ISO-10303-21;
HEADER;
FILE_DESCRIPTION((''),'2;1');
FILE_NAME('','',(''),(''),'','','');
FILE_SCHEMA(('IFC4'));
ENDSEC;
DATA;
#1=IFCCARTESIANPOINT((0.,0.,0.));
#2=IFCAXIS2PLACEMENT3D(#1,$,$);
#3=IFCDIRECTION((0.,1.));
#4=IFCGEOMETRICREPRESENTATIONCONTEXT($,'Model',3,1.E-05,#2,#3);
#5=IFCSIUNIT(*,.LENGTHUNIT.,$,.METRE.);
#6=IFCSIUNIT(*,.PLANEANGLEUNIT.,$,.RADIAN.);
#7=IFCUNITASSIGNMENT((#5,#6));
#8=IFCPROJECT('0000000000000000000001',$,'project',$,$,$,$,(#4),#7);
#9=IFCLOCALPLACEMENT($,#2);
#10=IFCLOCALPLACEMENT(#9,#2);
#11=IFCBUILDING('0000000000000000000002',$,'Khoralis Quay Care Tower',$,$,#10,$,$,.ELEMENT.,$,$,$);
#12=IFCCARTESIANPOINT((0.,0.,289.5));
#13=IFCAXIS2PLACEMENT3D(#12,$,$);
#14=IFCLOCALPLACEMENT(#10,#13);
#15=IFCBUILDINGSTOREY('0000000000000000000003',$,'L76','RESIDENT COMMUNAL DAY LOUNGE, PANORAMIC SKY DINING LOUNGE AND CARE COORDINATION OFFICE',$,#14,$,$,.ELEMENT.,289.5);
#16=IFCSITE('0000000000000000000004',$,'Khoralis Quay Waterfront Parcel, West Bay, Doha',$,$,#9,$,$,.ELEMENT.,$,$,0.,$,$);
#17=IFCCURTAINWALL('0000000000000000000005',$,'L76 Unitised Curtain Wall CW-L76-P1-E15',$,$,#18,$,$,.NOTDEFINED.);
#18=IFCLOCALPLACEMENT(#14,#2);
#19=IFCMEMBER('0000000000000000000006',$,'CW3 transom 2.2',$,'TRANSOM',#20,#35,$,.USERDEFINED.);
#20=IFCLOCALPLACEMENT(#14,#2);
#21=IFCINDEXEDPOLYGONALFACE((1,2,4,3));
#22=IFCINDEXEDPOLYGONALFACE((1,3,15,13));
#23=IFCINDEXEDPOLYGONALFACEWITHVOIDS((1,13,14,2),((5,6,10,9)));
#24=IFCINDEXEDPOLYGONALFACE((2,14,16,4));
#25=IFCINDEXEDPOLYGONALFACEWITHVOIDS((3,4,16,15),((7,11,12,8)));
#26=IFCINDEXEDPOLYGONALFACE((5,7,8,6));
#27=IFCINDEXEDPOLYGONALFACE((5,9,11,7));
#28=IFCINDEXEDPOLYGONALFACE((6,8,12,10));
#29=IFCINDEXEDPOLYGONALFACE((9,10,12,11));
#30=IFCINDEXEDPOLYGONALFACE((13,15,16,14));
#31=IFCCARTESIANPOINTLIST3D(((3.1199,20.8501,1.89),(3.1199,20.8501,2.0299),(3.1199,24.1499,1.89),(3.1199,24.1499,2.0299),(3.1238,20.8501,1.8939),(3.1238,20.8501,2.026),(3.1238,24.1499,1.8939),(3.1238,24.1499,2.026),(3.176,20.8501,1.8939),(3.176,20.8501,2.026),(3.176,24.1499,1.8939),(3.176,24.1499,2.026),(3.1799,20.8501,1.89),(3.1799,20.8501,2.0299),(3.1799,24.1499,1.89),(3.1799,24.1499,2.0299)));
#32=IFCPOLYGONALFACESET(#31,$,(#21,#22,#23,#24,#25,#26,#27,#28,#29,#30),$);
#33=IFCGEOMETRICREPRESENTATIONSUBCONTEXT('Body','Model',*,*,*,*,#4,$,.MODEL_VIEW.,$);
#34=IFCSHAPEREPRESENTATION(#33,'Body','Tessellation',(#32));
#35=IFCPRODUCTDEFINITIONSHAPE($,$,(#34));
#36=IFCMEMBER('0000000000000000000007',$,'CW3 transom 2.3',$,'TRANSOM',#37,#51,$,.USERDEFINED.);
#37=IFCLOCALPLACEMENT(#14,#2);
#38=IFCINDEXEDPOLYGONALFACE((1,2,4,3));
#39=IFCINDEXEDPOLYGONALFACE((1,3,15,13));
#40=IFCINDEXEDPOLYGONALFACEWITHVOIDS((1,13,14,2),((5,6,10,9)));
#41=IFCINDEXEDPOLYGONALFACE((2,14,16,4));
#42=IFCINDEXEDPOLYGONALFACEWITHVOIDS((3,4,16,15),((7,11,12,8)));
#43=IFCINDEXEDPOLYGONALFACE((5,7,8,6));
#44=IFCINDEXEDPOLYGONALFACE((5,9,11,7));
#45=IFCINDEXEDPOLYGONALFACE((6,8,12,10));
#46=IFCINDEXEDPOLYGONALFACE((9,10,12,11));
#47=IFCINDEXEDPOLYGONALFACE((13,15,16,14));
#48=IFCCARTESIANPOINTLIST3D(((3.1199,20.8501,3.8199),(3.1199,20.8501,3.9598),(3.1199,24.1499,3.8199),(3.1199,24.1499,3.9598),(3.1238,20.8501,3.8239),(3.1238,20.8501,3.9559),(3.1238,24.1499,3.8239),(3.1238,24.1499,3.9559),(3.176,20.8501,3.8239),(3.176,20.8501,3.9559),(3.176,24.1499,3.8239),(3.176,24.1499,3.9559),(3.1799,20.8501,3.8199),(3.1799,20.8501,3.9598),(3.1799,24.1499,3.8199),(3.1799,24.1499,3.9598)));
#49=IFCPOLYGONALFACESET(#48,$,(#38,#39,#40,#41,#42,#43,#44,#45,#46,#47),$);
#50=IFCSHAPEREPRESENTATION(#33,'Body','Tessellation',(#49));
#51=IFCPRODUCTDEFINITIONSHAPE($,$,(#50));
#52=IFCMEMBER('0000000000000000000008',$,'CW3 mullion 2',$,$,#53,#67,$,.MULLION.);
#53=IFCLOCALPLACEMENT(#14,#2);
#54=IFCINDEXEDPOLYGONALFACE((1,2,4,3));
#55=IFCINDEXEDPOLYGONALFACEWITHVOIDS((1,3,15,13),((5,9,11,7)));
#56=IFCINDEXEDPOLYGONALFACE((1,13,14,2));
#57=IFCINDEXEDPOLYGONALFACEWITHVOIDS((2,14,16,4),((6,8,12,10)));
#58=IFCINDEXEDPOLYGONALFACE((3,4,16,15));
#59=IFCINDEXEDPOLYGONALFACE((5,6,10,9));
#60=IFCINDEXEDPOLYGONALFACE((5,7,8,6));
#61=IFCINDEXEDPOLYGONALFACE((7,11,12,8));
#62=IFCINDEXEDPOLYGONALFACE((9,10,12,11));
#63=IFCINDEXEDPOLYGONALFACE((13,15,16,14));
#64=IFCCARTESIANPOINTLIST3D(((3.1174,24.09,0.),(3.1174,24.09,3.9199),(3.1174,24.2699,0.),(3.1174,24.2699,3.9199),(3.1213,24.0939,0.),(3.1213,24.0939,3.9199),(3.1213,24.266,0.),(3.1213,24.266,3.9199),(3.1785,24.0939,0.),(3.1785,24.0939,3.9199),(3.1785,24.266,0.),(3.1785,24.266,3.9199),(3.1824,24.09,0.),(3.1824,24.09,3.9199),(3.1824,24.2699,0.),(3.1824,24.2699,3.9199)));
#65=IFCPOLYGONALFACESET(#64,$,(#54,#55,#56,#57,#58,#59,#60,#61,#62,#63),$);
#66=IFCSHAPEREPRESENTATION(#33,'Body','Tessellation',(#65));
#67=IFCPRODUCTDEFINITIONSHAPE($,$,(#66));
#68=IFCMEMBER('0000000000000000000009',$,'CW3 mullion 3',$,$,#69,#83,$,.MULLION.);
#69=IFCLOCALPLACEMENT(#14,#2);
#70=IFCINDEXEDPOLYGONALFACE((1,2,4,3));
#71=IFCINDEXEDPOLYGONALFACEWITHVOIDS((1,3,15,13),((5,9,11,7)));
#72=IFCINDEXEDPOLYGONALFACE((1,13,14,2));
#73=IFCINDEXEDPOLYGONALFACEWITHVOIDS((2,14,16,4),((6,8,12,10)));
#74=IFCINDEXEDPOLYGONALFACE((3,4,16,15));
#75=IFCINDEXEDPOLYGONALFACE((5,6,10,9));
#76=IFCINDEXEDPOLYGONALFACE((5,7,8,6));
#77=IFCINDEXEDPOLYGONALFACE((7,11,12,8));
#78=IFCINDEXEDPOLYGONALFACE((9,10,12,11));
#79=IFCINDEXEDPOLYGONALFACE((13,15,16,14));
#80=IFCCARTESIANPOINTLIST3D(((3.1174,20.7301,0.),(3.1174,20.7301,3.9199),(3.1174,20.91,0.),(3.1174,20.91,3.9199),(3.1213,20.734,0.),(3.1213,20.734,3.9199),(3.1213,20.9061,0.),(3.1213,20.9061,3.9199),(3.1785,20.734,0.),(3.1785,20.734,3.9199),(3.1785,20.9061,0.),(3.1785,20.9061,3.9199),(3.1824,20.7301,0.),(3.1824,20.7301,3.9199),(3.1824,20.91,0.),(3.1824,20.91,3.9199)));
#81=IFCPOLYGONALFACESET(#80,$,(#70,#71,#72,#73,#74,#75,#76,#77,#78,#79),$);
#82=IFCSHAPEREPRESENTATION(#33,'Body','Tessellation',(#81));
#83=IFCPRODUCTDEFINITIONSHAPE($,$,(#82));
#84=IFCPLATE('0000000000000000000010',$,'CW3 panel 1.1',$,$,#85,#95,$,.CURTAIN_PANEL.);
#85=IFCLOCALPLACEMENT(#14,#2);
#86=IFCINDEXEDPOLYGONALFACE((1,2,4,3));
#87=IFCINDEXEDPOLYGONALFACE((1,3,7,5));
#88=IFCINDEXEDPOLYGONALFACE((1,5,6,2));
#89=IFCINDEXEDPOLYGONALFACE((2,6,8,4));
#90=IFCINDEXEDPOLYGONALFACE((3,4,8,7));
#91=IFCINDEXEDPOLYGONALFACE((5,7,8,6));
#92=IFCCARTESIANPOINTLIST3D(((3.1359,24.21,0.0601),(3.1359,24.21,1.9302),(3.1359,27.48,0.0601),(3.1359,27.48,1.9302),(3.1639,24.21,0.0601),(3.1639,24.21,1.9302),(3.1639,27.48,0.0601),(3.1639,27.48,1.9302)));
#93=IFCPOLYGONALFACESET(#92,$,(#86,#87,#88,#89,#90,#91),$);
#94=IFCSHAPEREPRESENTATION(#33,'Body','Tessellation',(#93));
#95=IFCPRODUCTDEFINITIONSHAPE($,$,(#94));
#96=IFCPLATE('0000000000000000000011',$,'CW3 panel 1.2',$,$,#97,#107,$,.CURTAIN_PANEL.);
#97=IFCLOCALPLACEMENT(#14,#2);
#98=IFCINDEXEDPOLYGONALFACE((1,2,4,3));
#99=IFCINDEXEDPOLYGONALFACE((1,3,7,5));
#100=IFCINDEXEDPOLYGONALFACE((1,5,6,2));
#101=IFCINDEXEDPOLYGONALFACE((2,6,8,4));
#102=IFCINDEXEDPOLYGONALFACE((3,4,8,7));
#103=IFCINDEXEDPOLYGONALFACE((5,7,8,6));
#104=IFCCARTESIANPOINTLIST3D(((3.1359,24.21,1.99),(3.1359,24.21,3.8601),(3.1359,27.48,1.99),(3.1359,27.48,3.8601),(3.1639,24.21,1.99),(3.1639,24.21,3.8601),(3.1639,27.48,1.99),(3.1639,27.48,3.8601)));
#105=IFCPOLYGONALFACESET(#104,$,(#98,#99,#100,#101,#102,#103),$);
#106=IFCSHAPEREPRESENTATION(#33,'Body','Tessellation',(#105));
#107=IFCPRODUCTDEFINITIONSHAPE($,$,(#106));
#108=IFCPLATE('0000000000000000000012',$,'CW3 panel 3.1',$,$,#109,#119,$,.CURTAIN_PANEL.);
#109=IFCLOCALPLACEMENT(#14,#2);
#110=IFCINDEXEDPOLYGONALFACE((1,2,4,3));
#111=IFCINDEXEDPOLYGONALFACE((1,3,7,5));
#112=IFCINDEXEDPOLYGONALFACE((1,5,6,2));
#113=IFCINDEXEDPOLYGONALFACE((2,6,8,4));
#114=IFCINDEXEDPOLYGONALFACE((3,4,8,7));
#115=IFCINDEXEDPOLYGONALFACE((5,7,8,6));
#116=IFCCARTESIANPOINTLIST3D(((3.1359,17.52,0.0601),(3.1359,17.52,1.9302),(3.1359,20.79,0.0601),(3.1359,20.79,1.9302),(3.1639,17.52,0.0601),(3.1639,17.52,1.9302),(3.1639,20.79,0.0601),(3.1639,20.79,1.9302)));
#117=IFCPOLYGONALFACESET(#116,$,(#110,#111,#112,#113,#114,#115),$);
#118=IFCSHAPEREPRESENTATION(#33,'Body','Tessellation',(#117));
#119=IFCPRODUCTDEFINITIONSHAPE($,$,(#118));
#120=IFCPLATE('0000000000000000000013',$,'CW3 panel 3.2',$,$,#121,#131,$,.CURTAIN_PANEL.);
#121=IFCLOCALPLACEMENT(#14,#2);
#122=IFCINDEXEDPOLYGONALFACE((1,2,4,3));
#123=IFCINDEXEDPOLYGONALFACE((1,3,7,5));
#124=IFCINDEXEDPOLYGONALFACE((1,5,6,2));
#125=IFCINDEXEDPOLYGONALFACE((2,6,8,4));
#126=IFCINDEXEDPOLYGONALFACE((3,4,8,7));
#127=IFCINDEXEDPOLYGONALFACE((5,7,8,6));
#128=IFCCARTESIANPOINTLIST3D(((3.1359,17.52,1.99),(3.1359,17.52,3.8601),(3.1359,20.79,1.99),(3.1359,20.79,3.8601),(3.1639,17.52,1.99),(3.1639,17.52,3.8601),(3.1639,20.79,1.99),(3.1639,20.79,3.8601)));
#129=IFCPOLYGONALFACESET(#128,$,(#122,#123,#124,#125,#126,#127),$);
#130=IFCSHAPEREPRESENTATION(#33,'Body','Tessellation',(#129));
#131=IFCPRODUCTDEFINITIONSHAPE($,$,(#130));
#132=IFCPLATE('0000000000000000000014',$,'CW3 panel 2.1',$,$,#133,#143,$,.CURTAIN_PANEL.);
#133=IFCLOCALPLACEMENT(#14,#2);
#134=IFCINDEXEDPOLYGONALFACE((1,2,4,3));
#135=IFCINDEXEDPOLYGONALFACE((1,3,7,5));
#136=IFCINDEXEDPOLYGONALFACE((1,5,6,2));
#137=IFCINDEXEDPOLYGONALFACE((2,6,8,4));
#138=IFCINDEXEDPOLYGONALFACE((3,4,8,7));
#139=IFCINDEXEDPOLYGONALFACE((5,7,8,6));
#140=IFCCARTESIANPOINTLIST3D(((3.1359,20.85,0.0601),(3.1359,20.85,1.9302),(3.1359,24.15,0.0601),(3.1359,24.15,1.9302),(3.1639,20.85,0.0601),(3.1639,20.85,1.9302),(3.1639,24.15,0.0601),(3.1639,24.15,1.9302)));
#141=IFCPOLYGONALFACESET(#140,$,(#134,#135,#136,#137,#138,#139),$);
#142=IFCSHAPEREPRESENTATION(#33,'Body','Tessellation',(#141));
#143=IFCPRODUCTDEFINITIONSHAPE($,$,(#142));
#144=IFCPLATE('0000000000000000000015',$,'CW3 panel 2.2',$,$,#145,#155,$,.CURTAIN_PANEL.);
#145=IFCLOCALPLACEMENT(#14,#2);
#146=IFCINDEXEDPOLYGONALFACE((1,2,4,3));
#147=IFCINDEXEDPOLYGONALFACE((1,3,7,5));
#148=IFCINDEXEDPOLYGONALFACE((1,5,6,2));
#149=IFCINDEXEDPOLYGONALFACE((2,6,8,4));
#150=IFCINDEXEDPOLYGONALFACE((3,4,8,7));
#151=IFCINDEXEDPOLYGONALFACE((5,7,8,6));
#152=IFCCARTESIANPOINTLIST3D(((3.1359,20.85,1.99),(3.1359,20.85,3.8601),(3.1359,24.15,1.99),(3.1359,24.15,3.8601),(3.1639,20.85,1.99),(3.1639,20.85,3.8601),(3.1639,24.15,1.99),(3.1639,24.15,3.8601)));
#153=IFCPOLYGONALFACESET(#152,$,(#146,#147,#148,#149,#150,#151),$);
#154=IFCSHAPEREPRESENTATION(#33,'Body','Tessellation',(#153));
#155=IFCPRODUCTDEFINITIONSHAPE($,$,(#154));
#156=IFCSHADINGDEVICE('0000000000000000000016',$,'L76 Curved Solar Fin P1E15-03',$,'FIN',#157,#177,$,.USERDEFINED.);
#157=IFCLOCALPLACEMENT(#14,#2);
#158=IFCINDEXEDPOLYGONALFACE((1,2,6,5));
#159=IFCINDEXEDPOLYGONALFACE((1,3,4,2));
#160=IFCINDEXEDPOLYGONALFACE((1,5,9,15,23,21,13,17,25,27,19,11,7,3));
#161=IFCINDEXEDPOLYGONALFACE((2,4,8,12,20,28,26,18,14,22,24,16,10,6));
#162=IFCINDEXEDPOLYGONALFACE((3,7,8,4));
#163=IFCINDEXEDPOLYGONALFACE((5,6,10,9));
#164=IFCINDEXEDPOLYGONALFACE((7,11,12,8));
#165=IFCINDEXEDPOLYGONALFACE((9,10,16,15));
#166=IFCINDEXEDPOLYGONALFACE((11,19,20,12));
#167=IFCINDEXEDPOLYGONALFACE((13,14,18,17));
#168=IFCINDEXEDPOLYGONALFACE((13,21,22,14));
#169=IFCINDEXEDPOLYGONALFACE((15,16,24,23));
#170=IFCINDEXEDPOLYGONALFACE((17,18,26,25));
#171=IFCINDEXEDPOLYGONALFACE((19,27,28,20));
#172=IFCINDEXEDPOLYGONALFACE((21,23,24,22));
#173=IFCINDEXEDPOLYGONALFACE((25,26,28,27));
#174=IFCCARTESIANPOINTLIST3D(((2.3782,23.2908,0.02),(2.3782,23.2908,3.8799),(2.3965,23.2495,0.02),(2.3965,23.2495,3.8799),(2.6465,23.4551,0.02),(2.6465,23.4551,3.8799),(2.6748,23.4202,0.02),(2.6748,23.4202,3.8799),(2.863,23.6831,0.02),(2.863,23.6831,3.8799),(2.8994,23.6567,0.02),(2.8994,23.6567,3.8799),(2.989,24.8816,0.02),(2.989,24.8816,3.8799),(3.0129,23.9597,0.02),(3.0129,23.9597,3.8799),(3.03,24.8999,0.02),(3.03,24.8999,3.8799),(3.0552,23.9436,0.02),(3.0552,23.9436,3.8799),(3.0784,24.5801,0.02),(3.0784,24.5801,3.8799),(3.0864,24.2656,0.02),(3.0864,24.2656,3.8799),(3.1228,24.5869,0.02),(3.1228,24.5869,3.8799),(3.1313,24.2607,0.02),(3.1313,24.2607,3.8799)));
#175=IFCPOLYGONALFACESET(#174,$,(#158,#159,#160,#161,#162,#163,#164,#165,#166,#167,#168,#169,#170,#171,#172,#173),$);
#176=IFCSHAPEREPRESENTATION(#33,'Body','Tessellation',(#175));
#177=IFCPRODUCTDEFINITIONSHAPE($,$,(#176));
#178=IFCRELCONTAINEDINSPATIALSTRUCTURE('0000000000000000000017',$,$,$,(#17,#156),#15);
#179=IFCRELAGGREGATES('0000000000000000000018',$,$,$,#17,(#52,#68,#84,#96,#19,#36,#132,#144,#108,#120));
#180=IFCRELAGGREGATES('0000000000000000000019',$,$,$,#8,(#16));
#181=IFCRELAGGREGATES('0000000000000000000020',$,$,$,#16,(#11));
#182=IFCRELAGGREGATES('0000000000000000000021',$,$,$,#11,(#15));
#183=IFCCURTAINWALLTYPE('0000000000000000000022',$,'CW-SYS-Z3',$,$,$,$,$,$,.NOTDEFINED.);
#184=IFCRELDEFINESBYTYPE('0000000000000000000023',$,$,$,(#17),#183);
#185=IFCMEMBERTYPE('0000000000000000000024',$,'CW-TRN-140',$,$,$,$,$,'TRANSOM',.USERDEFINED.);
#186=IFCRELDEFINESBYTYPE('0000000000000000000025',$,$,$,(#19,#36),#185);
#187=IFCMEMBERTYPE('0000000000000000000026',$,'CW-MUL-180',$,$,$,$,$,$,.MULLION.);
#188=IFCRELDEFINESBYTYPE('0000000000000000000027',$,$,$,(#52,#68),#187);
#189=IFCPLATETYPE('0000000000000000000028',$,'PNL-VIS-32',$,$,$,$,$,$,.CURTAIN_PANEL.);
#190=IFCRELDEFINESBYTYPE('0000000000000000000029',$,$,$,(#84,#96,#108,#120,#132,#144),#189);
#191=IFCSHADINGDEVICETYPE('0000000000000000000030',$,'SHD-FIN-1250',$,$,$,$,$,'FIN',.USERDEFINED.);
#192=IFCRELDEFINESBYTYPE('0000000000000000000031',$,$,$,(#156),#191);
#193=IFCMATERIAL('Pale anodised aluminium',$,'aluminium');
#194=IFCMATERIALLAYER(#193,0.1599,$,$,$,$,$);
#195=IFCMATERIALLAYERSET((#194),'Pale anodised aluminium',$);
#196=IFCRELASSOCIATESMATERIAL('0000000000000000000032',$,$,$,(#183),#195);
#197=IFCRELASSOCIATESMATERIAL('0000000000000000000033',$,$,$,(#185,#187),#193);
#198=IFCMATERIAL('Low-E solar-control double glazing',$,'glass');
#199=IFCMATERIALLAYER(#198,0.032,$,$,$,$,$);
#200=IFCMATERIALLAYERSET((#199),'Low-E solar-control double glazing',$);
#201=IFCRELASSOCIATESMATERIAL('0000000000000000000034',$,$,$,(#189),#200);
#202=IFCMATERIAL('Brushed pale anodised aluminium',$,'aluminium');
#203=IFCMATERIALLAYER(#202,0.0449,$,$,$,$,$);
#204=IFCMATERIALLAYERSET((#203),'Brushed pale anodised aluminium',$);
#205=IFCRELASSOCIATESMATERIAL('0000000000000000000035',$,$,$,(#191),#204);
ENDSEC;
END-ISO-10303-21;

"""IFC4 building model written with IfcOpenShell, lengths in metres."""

from ifc_helpers import new_model, si_unit, direction, frame, origin, origin_2d, place, context, subcontext, project, spatial, polyline, rectangle, hollow_rectangle, outline, extrude, source, transform, mapped, material, layer, layer_set, material_profile, profile_set, type_object, element, aggregate, save


model = new_model("IFC4")

# Units and contexts
model_context = context("Model", 3, precision=1e-05, world=origin(), true_north=direction((0.0, 1.0)))
body_context = subcontext(model_context, "Body", "Model", "MODEL_VIEW")
ifc_project = project(units=[si_unit("LENGTHUNIT", "METRE"), si_unit("PLANEANGLEUNIT", "RADIAN")], contexts=[model_context])

# Site, building, storey
site_placement = place(None, origin())
site = spatial("IfcSite", under=ifc_project, at=site_placement, Name="Khoralis Quay Waterfront Parcel, West Bay, Doha", CompositionType="ELEMENT", RefElevation=0.0)
building_placement = place(site_placement, origin())
building = spatial("IfcBuilding", under=site, at=building_placement, Name="Khoralis Quay Care Tower", CompositionType="ELEMENT")
storey_placement = place(building_placement, frame((0.0, 0.0, 289.5)))
storey = spatial("IfcBuildingStorey", under=building, at=storey_placement, Name="L76", Description="RESIDENT COMMUNAL DAY LOUNGE, PANORAMIC SKY DINING LOUNGE AND CARE COORDINATION OFFICE", CompositionType="ELEMENT", Elevation=289.5)

# Curtain wall, members, plates
ifc_material_1 = material(Name="Pale anodised aluminium", Category="aluminium")
ifc_layer_1 = layer(ifc_material_1, 0.1599)
ifc_layer_set_1 = layer_set([ifc_layer_1], Name="Pale anodised aluminium")
curtain_wall_type = type_object("IfcCurtainWallType", Name="CW-SYS-Z3", PredefinedType="NOTDEFINED", material=ifc_layer_set_1)
curtain_wall_placement = place(storey_placement, origin())
curtain_wall = element("IfcCurtainWall", 1, at=curtain_wall_placement, inside=storey, type_object=curtain_wall_type, Name="L76 Unitised Curtain Wall CW-L76-P1-E15", PredefinedType="NOTDEFINED")
ifc_material_profile_1 = material_profile(ifc_material_1, hollow_rectangle(XDim=0.0601, YDim=0.1399, WallThickness=0.0039, at=origin_2d()), Name="Pale anodised aluminium")
ifc_profile_set_1 = profile_set([ifc_material_profile_1], Name="Pale anodised aluminium")
member_type_1 = type_object("IfcMemberType", Name="CW-TRN-140", ElementType="TRANSOM", PredefinedType="USERDEFINED", material=ifc_profile_set_1)
shared_shape_1 = source(origin(), body_context, "Body", "SweptSolid", [
    extrude(hollow_rectangle(XDim=0.0601, YDim=0.1399, WallThickness=0.0039, at=origin_2d()), origin(), (0.0, 0.0, 1.0), 3.2998),
])
member_1_placement = place(storey_placement, frame((3.1499, 24.1499, 1.96), z_axis=(0.0, -1.0, 0.0), x_axis=(1.0, 0.0, 0.0)))
member_1 = element("IfcMember", 2, at=member_1_placement, type_object=member_type_1, Name="CW3 transom 2.2", ObjectType="TRANSOM", PredefinedType="USERDEFINED", context=body_context, shape_type="MappedRepresentation", body=[
    mapped(shared_shape_1, transform((0.0, 0.0, 0.0), scale=1.0)),
])
member_2_placement = place(storey_placement, frame((3.1499, 24.1499, 3.8899), z_axis=(0.0, -1.0, 0.0), x_axis=(1.0, 0.0, 0.0)))
member_2 = element("IfcMember", 3, at=member_2_placement, type_object=member_type_1, Name="CW3 transom 2.3", ObjectType="TRANSOM", PredefinedType="USERDEFINED", context=body_context, shape_type="MappedRepresentation", body=[
    mapped(shared_shape_1, transform((0.0, 0.0, 0.0), scale=1.0)),
])
ifc_material_profile_2 = material_profile(ifc_material_1, hollow_rectangle(XDim=0.0649, YDim=0.1799, WallThickness=0.0039, at=origin_2d()), Name="Pale anodised aluminium")
ifc_profile_set_2 = profile_set([ifc_material_profile_2], Name="Pale anodised aluminium")
member_type_2 = type_object("IfcMemberType", Name="CW-MUL-180", PredefinedType="MULLION", material=ifc_profile_set_2)
shared_shape_2 = source(origin(), body_context, "Body", "SweptSolid", [
    extrude(hollow_rectangle(XDim=0.0649, YDim=0.1799, WallThickness=0.0039, at=origin_2d()), origin(), (0.0, 0.0, 1.0), 3.9199),
])
member_3_placement = place(storey_placement, frame((3.1499, 24.1799, 0.0), z_axis=(0.0, 0.0, 1.0), x_axis=(1.0, 0.0, 0.0)))
member_3 = element("IfcMember", 4, at=member_3_placement, type_object=member_type_2, Name="CW3 mullion 2", PredefinedType="MULLION", context=body_context, shape_type="MappedRepresentation", body=[
    mapped(shared_shape_2, transform((0.0, 0.0, 0.0), scale=1.0)),
])
member_4_placement = place(storey_placement, frame((3.1499, 20.8201, 0.0), z_axis=(0.0, 0.0, 1.0), x_axis=(1.0, 0.0, 0.0)))
member_4 = element("IfcMember", 5, at=member_4_placement, type_object=member_type_2, Name="CW3 mullion 3", PredefinedType="MULLION", context=body_context, shape_type="MappedRepresentation", body=[
    mapped(shared_shape_2, transform((0.0, 0.0, 0.0), scale=1.0)),
])
ifc_material_2 = material(Name="Low-E solar-control double glazing", Category="glass")
ifc_layer_2 = layer(ifc_material_2, 0.032)
ifc_layer_set_2 = layer_set([ifc_layer_2], Name="Low-E solar-control double glazing")
plate_type = type_object("IfcPlateType", Name="PNL-VIS-32", PredefinedType="CURTAIN_PANEL", material=ifc_layer_set_2)
shared_shape_3 = source(origin(), body_context, "Body", "SweptSolid", [
    extrude(rectangle(XDim=3.27, YDim=0.0281, at=origin_2d()), origin(), (0.0, 0.0, 1.0), 1.8701),
])
plate_1_placement = place(storey_placement, frame((3.1499, 25.845, 0.0601), z_axis=(0.0, 0.0, 1.0), x_axis=(0.0, -1.0, 0.0)))
plate_1 = element("IfcPlate", 6, at=plate_1_placement, type_object=plate_type, Name="CW3 panel 1.1", PredefinedType="CURTAIN_PANEL", context=body_context, shape_type="MappedRepresentation", body=[
    mapped(shared_shape_3, transform((0.0, 0.0, 0.0), scale=1.0)),
])
plate_2_placement = place(storey_placement, frame((3.1499, 25.845, 1.99), z_axis=(0.0, 0.0, 1.0), x_axis=(0.0, -1.0, 0.0)))
plate_2 = element("IfcPlate", 7, at=plate_2_placement, type_object=plate_type, Name="CW3 panel 1.2", PredefinedType="CURTAIN_PANEL", context=body_context, shape_type="MappedRepresentation", body=[
    mapped(shared_shape_3, transform((0.0, 0.0, 0.0), scale=1.0)),
])
plate_3_placement = place(storey_placement, frame((3.1499, 19.155, 0.0601), z_axis=(0.0, 0.0, 1.0), x_axis=(0.0, -1.0, 0.0)))
plate_3 = element("IfcPlate", 8, at=plate_3_placement, type_object=plate_type, Name="CW3 panel 3.1", PredefinedType="CURTAIN_PANEL", context=body_context, shape_type="MappedRepresentation", body=[
    mapped(shared_shape_3, transform((0.0, 0.0, 0.0), scale=1.0)),
])
plate_4_placement = place(storey_placement, frame((3.1499, 19.155, 1.99), z_axis=(0.0, 0.0, 1.0), x_axis=(0.0, -1.0, 0.0)))
plate_4 = element("IfcPlate", 9, at=plate_4_placement, type_object=plate_type, Name="CW3 panel 3.2", PredefinedType="CURTAIN_PANEL", context=body_context, shape_type="MappedRepresentation", body=[
    mapped(shared_shape_3, transform((0.0, 0.0, 0.0), scale=1.0)),
])
shared_shape_4 = source(origin(), body_context, "Body", "SweptSolid", [
    extrude(rectangle(XDim=3.3, YDim=0.0281, at=origin_2d()), origin(), (0.0, 0.0, 1.0), 1.8701),
])
plate_5_placement = place(storey_placement, frame((3.1499, 22.5, 0.0601), z_axis=(0.0, 0.0, 1.0), x_axis=(0.0, -1.0, 0.0)))
plate_5 = element("IfcPlate", 10, at=plate_5_placement, type_object=plate_type, Name="CW3 panel 2.1", PredefinedType="CURTAIN_PANEL", context=body_context, shape_type="MappedRepresentation", body=[
    mapped(shared_shape_4, transform((0.0, 0.0, 0.0), scale=1.0)),
])
plate_6_placement = place(storey_placement, frame((3.1499, 22.5, 1.99), z_axis=(0.0, 0.0, 1.0), x_axis=(0.0, -1.0, 0.0)))
plate_6 = element("IfcPlate", 11, at=plate_6_placement, type_object=plate_type, Name="CW3 panel 2.2", PredefinedType="CURTAIN_PANEL", context=body_context, shape_type="MappedRepresentation", body=[
    mapped(shared_shape_4, transform((0.0, 0.0, 0.0), scale=1.0)),
])
aggregate(curtain_wall, [member_3, member_4, plate_1, plate_2, member_1, member_2, plate_5, plate_6, plate_3, plate_4])

# Shading device
ifc_material_3 = material(Name="Brushed pale anodised aluminium", Category="aluminium")
ifc_layer_3 = layer(ifc_material_3, 0.0449)
ifc_layer_set_3 = layer_set([ifc_layer_3], Name="Brushed pale anodised aluminium")
shading_device_type = type_object("IfcShadingDeviceType", Name="SHD-FIN-1250", ElementType="FIN", PredefinedType="USERDEFINED", material=ifc_layer_set_3)
shared_shape_5 = source(origin(), body_context, "Body", "SweptSolid", [
    extrude(outline(polyline([(0.0, 0.0), (-0.0928, 0.313), (-0.1013, 0.6392), (-0.0251, 0.9563), (0.1306, 1.2432), (0.3552, 1.4797), (0.6335, 1.6504), (0.6519, 1.6091), (0.3835, 1.4448), (0.167, 1.2168), (0.0171, 0.9402), (-0.0564, 0.6343), (-0.0483, 0.3198), (0.041, 0.0183), (0.0, 0.0)])), origin(), (0.0, 0.0, 1.0), 3.8599),
])
for number, where, z_axis, x_axis, name in (
    (12, (3.03, 24.8999, 0.02), (0.0, 0.0, 1.0), (-1.0, 0.0, 0.0), "L76 Curved Solar Fin P1E15-03"),
):
    element("IfcShadingDevice", number, at=place(storey_placement, frame(where, z_axis=z_axis, x_axis=x_axis)), inside=storey, type_object=shading_device_type, Name=name, ObjectType="FIN", PredefinedType="USERDEFINED", context=body_context, shape_type="MappedRepresentation", body=[
        mapped(shared_shape_5, transform((0.0, 0.0, 0.0), scale=1.0)),
    ])

save(model, "model.ifc")
